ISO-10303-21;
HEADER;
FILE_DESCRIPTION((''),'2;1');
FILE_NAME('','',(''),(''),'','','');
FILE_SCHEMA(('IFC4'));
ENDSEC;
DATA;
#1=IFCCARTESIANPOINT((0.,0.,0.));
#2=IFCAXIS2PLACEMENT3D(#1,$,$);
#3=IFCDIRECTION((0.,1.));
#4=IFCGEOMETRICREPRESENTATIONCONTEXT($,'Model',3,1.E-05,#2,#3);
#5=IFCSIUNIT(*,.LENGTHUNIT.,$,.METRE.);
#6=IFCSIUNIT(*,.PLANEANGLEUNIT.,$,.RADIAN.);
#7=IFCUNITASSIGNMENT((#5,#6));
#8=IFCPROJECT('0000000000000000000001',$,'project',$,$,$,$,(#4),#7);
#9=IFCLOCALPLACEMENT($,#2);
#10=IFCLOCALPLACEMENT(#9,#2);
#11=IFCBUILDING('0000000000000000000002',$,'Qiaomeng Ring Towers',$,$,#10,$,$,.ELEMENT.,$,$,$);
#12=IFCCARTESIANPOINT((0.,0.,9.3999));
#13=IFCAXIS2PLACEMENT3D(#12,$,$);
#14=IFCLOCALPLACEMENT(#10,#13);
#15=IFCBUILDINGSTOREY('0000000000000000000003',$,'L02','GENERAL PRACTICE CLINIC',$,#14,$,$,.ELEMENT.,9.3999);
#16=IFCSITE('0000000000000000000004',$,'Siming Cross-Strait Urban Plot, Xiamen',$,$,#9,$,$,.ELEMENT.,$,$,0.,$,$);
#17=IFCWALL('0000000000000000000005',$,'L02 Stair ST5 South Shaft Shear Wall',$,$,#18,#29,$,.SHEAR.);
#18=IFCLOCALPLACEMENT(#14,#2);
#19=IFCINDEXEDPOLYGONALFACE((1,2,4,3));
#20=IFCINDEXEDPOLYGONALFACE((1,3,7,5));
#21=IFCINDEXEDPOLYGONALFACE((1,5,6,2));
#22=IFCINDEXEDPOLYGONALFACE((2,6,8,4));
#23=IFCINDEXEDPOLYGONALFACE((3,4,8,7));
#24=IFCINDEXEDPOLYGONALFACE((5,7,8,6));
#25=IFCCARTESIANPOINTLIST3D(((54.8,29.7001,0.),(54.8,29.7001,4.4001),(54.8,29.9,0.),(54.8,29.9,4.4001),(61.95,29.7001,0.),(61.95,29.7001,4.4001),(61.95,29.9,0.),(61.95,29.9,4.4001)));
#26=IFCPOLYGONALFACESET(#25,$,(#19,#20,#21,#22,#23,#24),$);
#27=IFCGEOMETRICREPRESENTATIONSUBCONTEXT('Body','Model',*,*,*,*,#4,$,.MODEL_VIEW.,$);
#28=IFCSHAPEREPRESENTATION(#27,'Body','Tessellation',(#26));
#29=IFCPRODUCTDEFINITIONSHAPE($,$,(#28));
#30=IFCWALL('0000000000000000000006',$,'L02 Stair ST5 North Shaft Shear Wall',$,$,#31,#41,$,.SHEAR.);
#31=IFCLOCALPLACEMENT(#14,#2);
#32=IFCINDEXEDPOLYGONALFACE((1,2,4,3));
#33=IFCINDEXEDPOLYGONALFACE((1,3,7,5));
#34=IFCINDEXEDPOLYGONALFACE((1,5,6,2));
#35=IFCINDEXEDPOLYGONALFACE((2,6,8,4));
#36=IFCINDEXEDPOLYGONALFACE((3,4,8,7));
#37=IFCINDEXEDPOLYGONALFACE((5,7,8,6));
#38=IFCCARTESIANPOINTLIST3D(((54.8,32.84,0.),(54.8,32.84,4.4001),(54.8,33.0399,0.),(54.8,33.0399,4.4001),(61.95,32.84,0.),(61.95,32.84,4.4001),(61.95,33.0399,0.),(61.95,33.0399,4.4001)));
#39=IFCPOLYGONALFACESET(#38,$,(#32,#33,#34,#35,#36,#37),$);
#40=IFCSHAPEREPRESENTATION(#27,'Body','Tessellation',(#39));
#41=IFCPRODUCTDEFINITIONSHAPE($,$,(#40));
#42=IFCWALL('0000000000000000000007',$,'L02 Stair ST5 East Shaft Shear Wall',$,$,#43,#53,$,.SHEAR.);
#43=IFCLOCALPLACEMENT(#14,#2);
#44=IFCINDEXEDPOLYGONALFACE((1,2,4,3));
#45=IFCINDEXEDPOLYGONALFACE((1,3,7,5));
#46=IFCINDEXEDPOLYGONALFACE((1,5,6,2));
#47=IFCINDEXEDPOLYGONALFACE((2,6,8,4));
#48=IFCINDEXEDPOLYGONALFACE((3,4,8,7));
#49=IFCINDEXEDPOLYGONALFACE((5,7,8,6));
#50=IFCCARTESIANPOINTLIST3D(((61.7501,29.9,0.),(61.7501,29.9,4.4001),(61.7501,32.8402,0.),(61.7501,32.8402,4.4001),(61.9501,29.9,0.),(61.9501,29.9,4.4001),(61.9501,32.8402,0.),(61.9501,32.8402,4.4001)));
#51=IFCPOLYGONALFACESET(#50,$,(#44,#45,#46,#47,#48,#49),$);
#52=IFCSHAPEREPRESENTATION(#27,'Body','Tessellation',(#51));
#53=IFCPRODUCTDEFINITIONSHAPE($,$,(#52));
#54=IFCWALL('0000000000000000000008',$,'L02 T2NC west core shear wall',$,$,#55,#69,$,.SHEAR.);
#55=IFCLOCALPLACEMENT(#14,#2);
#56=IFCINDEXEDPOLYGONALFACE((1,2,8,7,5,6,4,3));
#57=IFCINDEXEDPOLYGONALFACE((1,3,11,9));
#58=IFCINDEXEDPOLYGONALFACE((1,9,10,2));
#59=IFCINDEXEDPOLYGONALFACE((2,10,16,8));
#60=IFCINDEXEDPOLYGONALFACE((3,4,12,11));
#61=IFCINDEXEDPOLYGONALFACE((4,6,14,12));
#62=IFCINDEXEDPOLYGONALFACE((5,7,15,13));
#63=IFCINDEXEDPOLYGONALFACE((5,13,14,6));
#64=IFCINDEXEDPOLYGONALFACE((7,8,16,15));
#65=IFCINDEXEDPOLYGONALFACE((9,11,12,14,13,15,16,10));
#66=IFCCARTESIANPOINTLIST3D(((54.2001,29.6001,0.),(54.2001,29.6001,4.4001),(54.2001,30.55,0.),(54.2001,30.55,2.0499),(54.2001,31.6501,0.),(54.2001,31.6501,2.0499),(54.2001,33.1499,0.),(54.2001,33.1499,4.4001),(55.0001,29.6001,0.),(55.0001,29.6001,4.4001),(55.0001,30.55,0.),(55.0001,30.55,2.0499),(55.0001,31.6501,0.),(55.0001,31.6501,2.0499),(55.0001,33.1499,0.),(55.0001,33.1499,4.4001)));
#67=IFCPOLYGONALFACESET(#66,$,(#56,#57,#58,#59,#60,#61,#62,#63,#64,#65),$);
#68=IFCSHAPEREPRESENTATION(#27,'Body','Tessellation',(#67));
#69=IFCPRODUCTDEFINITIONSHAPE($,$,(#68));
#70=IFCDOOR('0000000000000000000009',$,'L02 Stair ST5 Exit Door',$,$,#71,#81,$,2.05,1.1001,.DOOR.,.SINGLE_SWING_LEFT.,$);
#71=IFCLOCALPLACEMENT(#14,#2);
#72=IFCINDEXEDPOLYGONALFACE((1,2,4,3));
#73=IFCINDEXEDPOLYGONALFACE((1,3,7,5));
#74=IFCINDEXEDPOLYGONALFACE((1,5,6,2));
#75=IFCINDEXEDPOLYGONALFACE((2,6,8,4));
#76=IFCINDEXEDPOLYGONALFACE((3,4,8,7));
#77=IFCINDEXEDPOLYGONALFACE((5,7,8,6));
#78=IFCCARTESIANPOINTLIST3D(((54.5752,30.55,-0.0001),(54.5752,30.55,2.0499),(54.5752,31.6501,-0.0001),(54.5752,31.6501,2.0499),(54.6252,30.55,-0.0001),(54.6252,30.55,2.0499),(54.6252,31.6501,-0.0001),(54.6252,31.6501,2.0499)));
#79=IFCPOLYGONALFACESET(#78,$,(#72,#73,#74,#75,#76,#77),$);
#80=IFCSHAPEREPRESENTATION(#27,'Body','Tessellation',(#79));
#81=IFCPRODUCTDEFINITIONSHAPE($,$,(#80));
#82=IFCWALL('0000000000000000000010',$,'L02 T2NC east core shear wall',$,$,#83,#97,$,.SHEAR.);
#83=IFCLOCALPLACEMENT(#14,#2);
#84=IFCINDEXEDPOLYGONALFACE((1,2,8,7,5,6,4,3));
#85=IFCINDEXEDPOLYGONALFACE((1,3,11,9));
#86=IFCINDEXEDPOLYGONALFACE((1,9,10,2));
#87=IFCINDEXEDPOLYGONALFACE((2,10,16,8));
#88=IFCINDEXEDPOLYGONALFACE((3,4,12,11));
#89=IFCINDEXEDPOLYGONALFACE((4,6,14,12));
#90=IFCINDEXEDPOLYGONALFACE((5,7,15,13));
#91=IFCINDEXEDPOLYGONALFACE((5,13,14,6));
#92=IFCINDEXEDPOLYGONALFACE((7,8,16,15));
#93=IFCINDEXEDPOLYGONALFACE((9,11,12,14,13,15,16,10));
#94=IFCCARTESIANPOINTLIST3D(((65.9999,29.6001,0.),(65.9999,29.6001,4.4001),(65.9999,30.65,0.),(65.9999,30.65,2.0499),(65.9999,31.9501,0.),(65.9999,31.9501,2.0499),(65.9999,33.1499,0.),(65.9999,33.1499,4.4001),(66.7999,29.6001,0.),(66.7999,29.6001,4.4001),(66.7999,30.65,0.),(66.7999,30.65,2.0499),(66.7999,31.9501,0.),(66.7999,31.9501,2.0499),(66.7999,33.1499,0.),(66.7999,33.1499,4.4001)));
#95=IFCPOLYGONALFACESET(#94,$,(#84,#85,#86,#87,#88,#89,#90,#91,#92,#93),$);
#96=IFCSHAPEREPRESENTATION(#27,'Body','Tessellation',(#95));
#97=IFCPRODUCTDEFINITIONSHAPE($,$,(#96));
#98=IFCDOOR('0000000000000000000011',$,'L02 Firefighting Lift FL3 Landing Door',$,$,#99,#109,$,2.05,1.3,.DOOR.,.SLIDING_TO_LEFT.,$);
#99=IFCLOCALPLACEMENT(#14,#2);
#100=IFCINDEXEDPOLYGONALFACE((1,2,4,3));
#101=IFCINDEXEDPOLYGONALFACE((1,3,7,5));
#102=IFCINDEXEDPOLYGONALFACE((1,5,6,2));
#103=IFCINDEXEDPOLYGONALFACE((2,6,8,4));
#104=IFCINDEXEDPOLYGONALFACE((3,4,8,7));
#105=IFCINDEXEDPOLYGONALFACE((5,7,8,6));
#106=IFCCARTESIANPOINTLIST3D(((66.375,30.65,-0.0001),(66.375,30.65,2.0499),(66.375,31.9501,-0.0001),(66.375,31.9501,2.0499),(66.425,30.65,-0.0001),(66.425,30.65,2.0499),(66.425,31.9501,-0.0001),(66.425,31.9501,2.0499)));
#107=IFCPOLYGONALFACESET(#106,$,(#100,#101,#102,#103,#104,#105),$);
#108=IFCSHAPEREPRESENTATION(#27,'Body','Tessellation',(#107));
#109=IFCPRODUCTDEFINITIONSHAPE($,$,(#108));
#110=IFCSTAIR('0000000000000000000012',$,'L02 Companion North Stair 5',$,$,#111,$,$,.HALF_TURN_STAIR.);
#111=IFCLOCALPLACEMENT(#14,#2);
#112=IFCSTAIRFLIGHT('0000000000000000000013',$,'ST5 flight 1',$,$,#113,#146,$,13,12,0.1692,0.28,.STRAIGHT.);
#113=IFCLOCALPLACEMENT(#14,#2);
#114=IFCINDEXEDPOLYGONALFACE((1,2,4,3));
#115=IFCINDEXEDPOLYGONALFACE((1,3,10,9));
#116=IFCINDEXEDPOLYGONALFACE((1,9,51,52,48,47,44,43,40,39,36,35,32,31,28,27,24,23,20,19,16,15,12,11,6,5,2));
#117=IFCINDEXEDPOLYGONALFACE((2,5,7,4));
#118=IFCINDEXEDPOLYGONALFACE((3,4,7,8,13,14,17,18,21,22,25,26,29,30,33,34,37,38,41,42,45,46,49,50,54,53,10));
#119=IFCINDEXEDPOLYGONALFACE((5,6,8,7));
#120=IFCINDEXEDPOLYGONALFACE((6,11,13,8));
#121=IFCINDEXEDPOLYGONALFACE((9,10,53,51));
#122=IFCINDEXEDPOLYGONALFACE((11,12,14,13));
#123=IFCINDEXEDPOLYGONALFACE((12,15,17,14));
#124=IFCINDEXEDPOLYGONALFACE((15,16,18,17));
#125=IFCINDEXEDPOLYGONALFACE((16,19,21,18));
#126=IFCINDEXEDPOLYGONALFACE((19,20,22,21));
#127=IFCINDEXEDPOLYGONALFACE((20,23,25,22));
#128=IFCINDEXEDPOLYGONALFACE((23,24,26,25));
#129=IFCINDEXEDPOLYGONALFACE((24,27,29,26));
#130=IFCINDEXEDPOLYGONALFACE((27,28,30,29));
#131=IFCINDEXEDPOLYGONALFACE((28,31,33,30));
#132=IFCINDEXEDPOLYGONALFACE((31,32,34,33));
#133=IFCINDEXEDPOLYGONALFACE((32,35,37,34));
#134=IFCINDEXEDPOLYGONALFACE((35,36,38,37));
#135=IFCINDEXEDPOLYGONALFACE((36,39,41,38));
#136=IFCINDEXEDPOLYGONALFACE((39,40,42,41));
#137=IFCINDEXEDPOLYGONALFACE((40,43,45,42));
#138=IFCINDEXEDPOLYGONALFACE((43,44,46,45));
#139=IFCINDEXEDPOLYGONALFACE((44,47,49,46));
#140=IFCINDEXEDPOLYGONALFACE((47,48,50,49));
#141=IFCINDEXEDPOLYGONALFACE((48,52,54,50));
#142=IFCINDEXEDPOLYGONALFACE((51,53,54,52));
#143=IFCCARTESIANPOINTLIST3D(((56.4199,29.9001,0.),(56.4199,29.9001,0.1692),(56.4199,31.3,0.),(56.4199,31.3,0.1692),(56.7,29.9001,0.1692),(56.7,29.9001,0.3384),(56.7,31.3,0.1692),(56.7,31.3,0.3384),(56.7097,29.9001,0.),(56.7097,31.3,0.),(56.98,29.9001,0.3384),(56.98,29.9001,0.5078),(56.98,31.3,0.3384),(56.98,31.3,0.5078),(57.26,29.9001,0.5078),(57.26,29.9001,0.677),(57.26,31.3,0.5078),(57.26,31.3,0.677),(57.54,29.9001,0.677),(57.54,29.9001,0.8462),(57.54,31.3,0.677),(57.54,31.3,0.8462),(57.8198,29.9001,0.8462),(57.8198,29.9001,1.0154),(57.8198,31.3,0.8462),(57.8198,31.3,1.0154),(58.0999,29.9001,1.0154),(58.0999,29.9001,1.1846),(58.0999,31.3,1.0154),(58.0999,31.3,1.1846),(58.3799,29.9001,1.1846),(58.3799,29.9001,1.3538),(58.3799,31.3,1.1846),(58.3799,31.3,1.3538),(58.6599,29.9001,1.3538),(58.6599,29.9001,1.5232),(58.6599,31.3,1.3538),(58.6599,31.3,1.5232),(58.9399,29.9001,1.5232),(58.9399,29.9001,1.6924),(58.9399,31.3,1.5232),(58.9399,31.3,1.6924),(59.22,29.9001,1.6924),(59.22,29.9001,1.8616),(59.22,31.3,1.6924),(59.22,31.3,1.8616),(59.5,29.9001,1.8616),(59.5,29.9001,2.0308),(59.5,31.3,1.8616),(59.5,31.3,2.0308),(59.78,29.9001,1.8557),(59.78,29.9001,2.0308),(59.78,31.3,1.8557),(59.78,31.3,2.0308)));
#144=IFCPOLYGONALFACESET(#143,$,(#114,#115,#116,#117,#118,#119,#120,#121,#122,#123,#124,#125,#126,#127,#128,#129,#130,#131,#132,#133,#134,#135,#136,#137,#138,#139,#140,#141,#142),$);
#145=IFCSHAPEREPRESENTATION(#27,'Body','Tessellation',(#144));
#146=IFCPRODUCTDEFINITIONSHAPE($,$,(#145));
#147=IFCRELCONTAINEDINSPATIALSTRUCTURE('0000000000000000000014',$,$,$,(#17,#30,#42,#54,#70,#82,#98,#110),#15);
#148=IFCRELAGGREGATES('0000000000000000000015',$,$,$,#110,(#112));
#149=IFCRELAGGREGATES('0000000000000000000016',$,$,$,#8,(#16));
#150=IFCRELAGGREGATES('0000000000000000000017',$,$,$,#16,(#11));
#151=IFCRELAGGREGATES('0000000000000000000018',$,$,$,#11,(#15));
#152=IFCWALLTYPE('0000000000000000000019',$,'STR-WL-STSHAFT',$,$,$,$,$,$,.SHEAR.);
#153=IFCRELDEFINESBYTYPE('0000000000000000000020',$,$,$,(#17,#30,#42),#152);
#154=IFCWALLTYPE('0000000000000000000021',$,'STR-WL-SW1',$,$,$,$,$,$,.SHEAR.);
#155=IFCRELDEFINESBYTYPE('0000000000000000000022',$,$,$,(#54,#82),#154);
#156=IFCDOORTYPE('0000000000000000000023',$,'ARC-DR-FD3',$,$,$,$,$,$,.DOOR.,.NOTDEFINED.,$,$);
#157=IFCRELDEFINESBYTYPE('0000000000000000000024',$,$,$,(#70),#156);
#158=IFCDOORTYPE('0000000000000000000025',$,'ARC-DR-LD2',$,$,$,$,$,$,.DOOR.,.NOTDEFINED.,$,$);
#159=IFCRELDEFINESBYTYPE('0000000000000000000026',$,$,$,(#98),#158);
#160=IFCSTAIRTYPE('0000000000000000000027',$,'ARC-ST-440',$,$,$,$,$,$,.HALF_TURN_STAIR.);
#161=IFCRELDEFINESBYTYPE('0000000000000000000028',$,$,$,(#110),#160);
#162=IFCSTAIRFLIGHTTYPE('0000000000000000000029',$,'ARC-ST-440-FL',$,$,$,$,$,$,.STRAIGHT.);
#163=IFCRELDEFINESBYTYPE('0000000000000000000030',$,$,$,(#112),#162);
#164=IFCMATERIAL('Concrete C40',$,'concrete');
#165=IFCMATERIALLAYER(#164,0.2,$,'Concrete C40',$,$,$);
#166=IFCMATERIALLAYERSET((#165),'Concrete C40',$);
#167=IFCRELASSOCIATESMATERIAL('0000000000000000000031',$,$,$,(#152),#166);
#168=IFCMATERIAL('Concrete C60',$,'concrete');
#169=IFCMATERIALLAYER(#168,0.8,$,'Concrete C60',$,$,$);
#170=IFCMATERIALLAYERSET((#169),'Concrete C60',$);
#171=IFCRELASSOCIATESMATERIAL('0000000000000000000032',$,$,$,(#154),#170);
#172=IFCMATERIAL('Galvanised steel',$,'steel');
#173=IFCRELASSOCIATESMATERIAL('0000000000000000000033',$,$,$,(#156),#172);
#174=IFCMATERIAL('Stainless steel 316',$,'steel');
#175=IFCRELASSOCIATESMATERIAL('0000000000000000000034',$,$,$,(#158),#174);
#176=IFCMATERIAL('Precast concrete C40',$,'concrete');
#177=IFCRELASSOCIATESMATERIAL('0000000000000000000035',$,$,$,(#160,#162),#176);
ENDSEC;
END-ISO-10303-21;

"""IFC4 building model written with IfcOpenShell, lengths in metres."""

from ifc_helpers import new_model, si_unit, direction, frame, frame_2d, origin, place, context, subcontext, project, spatial, polyline, rectangle, outline, extrude, source, transform, mapped, material, layer, layer_set, type_object, element, fill, aggregate, save


model = new_model("IFC4")

# Units and contexts
model_context = context("Model", 3, precision=1e-05, world=origin(), true_north=direction((0.0, 1.0)))
body_context = subcontext(model_context, "Body", "Model", "MODEL_VIEW")
ifc_project = project(units=[si_unit("LENGTHUNIT", "METRE"), si_unit("PLANEANGLEUNIT", "RADIAN")], contexts=[model_context])

# Site, building, storey
site_placement = place(None, origin())
site = spatial("IfcSite", under=ifc_project, at=site_placement, Name="Siming Cross-Strait Urban Plot, Xiamen", CompositionType="ELEMENT", RefElevation=0.0)
building_placement = place(site_placement, origin())
building = spatial("IfcBuilding", under=site, at=building_placement, Name="Qiaomeng Ring Towers", CompositionType="ELEMENT")
storey_placement = place(building_placement, frame((0.0, 0.0, 9.3999)))
storey = spatial("IfcBuildingStorey", under=building, at=storey_placement, Name="L02", Description="GENERAL PRACTICE CLINIC", CompositionType="ELEMENT", Elevation=9.3999)

# Walls
ifc_material_1 = material(Name="Concrete C40", Category="concrete")
ifc_layer_1 = layer(ifc_material_1, 0.2, Name="Concrete C40")
ifc_layer_set_1 = layer_set([ifc_layer_1], Name="Concrete C40")
wall_type_1 = type_object("IfcWallType", Name="STR-WL-STSHAFT", PredefinedType="SHEAR", material=ifc_layer_set_1)
for number, where, z_axis, x_axis, name in (
    (1, (54.8, 29.8, 0.0), (0.0, 0.0, 1.0), (1.0, 0.0, 0.0), "L02 Stair ST5 South Shaft Shear Wall"),
    (2, (54.8, 32.9399, 0.0), (0.0, 0.0, 1.0), (1.0, 0.0, 0.0), "L02 Stair ST5 North Shaft Shear Wall"),
):
    element("IfcWall", number, at=place(storey_placement, frame(where, z_axis=z_axis, x_axis=x_axis)), inside=storey, type_object=wall_type_1, Name=name, PredefinedType="SHEAR", context=body_context, shape_type="SweptSolid", body=[
        extrude(rectangle(XDim=7.1499, YDim=0.2, at=frame_2d((3.575, 0.0))), origin(), (0.0, 0.0, 1.0), 4.4001),
    ])
wall_1_placement = place(storey_placement, frame((61.8501, 29.8999, 0.0), z_axis=(0.0, 0.0, 1.0), x_axis=(0.0, 1.0, 0.0)))
element("IfcWall", 3, at=wall_1_placement, inside=storey, type_object=wall_type_1, Name="L02 Stair ST5 East Shaft Shear Wall", PredefinedType="SHEAR", context=body_context, shape_type="SweptSolid", body=[
    extrude(rectangle(XDim=2.9402, YDim=0.2, at=frame_2d((1.4702, 0.0))), origin(), (0.0, 0.0, 1.0), 4.4001),
])

# Walls, openings, doors
ifc_material_2 = material(Name="Concrete C60", Category="concrete")
ifc_layer_2 = layer(ifc_material_2, 0.8, Name="Concrete C60")
ifc_layer_set_2 = layer_set([ifc_layer_2], Name="Concrete C60")
wall_type_2 = type_object("IfcWallType", Name="STR-WL-SW1", PredefinedType="SHEAR", material=ifc_layer_set_2)
wall_2_placement = place(storey_placement, frame((54.6001, 29.6001, 0.0), z_axis=(0.0, 0.0, 1.0), x_axis=(0.0, 1.0, 0.0)))
wall_2 = element("IfcWall", 4, at=wall_2_placement, inside=storey, type_object=wall_type_2, Name="L02 T2NC west core shear wall", PredefinedType="SHEAR", context=body_context, shape_type="SweptSolid", body=[
    extrude(rectangle(XDim=3.5498, YDim=0.8, at=frame_2d((1.7749, 0.0))), origin(), (0.0, 0.0, 1.0), 4.4001),
])
opening_1_placement = place(wall_2_placement, frame((0.95, 0.0, 0.0)))
opening_1 = element("IfcOpeningElement", 5, at=opening_1_placement, cuts=wall_2, PredefinedType="OPENING", context=body_context, shape_type="SweptSolid", body=[
    extrude(rectangle(XDim=1.1001, YDim=2.05, at=frame_2d((0.55, 1.0249))), frame((0.0, 0.4099, 0.0), z_axis=(0.0, -1.0, 0.0), x_axis=(1.0, 0.0, 0.0)), (0.0, 0.0, 1.0), 0.8201),
])
ifc_material_3 = material(Name="Galvanised steel", Category="steel")
door_type_1 = type_object("IfcDoorType", Name="ARC-DR-FD3", OperationType="NOTDEFINED", PredefinedType="DOOR", material=ifc_material_3)
shared_shape_1 = source(origin(), body_context, "Body", "SweptSolid", [
    extrude(rectangle(XDim=1.1001, YDim=2.05, at=frame_2d((0.55, 1.0249))), frame((0.0, 0.0249, 0.0), z_axis=(0.0, -1.0, 0.0), x_axis=(1.0, 0.0, 0.0)), (0.0, 0.0, 1.0), 0.05),
])
door_1_placement = place(opening_1_placement, origin())
door_1 = element("IfcDoor", 6, at=door_1_placement, inside=storey, type_object=door_type_1, Name="L02 Stair ST5 Exit Door", OperationType="SINGLE_SWING_LEFT", OverallHeight=2.05, OverallWidth=1.1001, PredefinedType="DOOR", context=body_context, shape_type="MappedRepresentation", body=[
    mapped(shared_shape_1, transform((0.0, 0.0, 0.0), x_axis=(1.0, 0.0, 0.0), y_axis=(0.0, 1.0, 0.0), z_axis=(0.0, 0.0, 1.0), scale=1.0)),
])
fill(opening_1, door_1)
wall_3_placement = place(storey_placement, frame((66.3999, 29.6001, 0.0), z_axis=(0.0, 0.0, 1.0), x_axis=(0.0, 1.0, 0.0)))
wall_3 = element("IfcWall", 7, at=wall_3_placement, inside=storey, type_object=wall_type_2, Name="L02 T2NC east core shear wall", PredefinedType="SHEAR", context=body_context, shape_type="SweptSolid", body=[
    extrude(rectangle(XDim=3.5498, YDim=0.8, at=frame_2d((1.7749, 0.0))), origin(), (0.0, 0.0, 1.0), 4.4001),
])
opening_2_placement = place(wall_3_placement, frame((1.05, 0.0, 0.0)))
opening_2 = element("IfcOpeningElement", 8, at=opening_2_placement, cuts=wall_3, PredefinedType="OPENING", context=body_context, shape_type="SweptSolid", body=[
    extrude(rectangle(XDim=1.3, YDim=2.05, at=frame_2d((0.6499, 1.0249))), frame((0.0, 0.4099, 0.0), z_axis=(0.0, -1.0, 0.0), x_axis=(1.0, 0.0, 0.0)), (0.0, 0.0, 1.0), 0.8201),
])
ifc_material_4 = material(Name="Stainless steel 316", Category="steel")
door_type_2 = type_object("IfcDoorType", Name="ARC-DR-LD2", OperationType="NOTDEFINED", PredefinedType="DOOR", material=ifc_material_4)
shared_shape_2 = source(origin(), body_context, "Body", "SweptSolid", [
    extrude(rectangle(XDim=1.3, YDim=2.05, at=frame_2d((0.6499, 1.0249))), frame((0.0, 0.0249, 0.0), z_axis=(0.0, -1.0, 0.0), x_axis=(1.0, 0.0, 0.0)), (0.0, 0.0, 1.0), 0.05),
])
door_2_placement = place(opening_2_placement, origin())
door_2 = element("IfcDoor", 9, at=door_2_placement, inside=storey, type_object=door_type_2, Name="L02 Firefighting Lift FL3 Landing Door", OperationType="SLIDING_TO_LEFT", OverallHeight=2.05, OverallWidth=1.3, PredefinedType="DOOR", context=body_context, shape_type="MappedRepresentation", body=[
    mapped(shared_shape_2, transform((0.0, 0.0, 0.0), x_axis=(1.0, 0.0, 0.0), y_axis=(0.0, 1.0, 0.0), z_axis=(0.0, 0.0, 1.0), scale=1.0)),
])
fill(opening_2, door_2)

# Stair, stair flight
ifc_material_5 = material(Name="Precast concrete C40", Category="concrete")
stair_type = type_object("IfcStairType", Name="ARC-ST-440", PredefinedType="HALF_TURN_STAIR", material=ifc_material_5)
stair_placement = place(storey_placement, origin())
stair = element("IfcStair", 10, at=stair_placement, inside=storey, type_object=stair_type, Name="L02 Companion North Stair 5", PredefinedType="HALF_TURN_STAIR")
stair_flight_type = type_object("IfcStairFlightType", Name="ARC-ST-440-FL", PredefinedType="STRAIGHT", material=ifc_material_5)
shared_shape_3 = source(origin(), body_context, "Body", "SweptSolid", [
    extrude(outline(polyline([(0.0, 0.0), (0.0, 0.1692), (0.28, 0.1692), (0.28, 0.3384), (0.5601, 0.3384), (0.5601, 0.5078), (0.8401, 0.5078), (0.8401, 0.677), (1.1201, 0.677), (1.1201, 0.8462), (1.3999, 0.8462), (1.3999, 1.0154), (1.6799, 1.0154), (1.6799, 1.1846), (1.96, 1.1846), (1.96, 1.3538), (2.24, 1.3538), (2.24, 1.5232), (2.52, 1.5232), (2.52, 1.6924), (2.8, 1.6924), (2.8, 1.8616), (3.0801, 1.8616), (3.0801, 2.0308), (3.3601, 2.0308), (3.3601, 2.2), (3.3601, 1.8557), (0.2898, 0.0), (0.0, 0.0)])), frame((0.0, 0.7, 0.0), z_axis=(0.0, -1.0, 0.0), x_axis=(1.0, 0.0, 0.0)), (0.0, 0.0, 1.0), 1.3999),
])
stair_flight_1_placement = place(storey_placement, frame((56.4199, 30.6001, 0.0), z_axis=(0.0, 0.0, 1.0), x_axis=(1.0, 0.0, 0.0)))
stair_flight_1 = element("IfcStairFlight", 11, at=stair_flight_1_placement, type_object=stair_flight_type, Name="ST5 flight 1", NumberOfRisers=13, NumberOfTreads=12, PredefinedType="STRAIGHT", RiserHeight=0.1692, TreadLength=0.28, context=body_context, shape_type="MappedRepresentation", body=[
    mapped(shared_shape_3, transform((0.0, 0.0, 0.0), x_axis=(1.0, 0.0, 0.0), y_axis=(0.0, 1.0, 0.0), z_axis=(0.0, 0.0, 1.0), scale=1.0)),
])
aggregate(stair, [stair_flight_1])

save(model, "model.ifc")
